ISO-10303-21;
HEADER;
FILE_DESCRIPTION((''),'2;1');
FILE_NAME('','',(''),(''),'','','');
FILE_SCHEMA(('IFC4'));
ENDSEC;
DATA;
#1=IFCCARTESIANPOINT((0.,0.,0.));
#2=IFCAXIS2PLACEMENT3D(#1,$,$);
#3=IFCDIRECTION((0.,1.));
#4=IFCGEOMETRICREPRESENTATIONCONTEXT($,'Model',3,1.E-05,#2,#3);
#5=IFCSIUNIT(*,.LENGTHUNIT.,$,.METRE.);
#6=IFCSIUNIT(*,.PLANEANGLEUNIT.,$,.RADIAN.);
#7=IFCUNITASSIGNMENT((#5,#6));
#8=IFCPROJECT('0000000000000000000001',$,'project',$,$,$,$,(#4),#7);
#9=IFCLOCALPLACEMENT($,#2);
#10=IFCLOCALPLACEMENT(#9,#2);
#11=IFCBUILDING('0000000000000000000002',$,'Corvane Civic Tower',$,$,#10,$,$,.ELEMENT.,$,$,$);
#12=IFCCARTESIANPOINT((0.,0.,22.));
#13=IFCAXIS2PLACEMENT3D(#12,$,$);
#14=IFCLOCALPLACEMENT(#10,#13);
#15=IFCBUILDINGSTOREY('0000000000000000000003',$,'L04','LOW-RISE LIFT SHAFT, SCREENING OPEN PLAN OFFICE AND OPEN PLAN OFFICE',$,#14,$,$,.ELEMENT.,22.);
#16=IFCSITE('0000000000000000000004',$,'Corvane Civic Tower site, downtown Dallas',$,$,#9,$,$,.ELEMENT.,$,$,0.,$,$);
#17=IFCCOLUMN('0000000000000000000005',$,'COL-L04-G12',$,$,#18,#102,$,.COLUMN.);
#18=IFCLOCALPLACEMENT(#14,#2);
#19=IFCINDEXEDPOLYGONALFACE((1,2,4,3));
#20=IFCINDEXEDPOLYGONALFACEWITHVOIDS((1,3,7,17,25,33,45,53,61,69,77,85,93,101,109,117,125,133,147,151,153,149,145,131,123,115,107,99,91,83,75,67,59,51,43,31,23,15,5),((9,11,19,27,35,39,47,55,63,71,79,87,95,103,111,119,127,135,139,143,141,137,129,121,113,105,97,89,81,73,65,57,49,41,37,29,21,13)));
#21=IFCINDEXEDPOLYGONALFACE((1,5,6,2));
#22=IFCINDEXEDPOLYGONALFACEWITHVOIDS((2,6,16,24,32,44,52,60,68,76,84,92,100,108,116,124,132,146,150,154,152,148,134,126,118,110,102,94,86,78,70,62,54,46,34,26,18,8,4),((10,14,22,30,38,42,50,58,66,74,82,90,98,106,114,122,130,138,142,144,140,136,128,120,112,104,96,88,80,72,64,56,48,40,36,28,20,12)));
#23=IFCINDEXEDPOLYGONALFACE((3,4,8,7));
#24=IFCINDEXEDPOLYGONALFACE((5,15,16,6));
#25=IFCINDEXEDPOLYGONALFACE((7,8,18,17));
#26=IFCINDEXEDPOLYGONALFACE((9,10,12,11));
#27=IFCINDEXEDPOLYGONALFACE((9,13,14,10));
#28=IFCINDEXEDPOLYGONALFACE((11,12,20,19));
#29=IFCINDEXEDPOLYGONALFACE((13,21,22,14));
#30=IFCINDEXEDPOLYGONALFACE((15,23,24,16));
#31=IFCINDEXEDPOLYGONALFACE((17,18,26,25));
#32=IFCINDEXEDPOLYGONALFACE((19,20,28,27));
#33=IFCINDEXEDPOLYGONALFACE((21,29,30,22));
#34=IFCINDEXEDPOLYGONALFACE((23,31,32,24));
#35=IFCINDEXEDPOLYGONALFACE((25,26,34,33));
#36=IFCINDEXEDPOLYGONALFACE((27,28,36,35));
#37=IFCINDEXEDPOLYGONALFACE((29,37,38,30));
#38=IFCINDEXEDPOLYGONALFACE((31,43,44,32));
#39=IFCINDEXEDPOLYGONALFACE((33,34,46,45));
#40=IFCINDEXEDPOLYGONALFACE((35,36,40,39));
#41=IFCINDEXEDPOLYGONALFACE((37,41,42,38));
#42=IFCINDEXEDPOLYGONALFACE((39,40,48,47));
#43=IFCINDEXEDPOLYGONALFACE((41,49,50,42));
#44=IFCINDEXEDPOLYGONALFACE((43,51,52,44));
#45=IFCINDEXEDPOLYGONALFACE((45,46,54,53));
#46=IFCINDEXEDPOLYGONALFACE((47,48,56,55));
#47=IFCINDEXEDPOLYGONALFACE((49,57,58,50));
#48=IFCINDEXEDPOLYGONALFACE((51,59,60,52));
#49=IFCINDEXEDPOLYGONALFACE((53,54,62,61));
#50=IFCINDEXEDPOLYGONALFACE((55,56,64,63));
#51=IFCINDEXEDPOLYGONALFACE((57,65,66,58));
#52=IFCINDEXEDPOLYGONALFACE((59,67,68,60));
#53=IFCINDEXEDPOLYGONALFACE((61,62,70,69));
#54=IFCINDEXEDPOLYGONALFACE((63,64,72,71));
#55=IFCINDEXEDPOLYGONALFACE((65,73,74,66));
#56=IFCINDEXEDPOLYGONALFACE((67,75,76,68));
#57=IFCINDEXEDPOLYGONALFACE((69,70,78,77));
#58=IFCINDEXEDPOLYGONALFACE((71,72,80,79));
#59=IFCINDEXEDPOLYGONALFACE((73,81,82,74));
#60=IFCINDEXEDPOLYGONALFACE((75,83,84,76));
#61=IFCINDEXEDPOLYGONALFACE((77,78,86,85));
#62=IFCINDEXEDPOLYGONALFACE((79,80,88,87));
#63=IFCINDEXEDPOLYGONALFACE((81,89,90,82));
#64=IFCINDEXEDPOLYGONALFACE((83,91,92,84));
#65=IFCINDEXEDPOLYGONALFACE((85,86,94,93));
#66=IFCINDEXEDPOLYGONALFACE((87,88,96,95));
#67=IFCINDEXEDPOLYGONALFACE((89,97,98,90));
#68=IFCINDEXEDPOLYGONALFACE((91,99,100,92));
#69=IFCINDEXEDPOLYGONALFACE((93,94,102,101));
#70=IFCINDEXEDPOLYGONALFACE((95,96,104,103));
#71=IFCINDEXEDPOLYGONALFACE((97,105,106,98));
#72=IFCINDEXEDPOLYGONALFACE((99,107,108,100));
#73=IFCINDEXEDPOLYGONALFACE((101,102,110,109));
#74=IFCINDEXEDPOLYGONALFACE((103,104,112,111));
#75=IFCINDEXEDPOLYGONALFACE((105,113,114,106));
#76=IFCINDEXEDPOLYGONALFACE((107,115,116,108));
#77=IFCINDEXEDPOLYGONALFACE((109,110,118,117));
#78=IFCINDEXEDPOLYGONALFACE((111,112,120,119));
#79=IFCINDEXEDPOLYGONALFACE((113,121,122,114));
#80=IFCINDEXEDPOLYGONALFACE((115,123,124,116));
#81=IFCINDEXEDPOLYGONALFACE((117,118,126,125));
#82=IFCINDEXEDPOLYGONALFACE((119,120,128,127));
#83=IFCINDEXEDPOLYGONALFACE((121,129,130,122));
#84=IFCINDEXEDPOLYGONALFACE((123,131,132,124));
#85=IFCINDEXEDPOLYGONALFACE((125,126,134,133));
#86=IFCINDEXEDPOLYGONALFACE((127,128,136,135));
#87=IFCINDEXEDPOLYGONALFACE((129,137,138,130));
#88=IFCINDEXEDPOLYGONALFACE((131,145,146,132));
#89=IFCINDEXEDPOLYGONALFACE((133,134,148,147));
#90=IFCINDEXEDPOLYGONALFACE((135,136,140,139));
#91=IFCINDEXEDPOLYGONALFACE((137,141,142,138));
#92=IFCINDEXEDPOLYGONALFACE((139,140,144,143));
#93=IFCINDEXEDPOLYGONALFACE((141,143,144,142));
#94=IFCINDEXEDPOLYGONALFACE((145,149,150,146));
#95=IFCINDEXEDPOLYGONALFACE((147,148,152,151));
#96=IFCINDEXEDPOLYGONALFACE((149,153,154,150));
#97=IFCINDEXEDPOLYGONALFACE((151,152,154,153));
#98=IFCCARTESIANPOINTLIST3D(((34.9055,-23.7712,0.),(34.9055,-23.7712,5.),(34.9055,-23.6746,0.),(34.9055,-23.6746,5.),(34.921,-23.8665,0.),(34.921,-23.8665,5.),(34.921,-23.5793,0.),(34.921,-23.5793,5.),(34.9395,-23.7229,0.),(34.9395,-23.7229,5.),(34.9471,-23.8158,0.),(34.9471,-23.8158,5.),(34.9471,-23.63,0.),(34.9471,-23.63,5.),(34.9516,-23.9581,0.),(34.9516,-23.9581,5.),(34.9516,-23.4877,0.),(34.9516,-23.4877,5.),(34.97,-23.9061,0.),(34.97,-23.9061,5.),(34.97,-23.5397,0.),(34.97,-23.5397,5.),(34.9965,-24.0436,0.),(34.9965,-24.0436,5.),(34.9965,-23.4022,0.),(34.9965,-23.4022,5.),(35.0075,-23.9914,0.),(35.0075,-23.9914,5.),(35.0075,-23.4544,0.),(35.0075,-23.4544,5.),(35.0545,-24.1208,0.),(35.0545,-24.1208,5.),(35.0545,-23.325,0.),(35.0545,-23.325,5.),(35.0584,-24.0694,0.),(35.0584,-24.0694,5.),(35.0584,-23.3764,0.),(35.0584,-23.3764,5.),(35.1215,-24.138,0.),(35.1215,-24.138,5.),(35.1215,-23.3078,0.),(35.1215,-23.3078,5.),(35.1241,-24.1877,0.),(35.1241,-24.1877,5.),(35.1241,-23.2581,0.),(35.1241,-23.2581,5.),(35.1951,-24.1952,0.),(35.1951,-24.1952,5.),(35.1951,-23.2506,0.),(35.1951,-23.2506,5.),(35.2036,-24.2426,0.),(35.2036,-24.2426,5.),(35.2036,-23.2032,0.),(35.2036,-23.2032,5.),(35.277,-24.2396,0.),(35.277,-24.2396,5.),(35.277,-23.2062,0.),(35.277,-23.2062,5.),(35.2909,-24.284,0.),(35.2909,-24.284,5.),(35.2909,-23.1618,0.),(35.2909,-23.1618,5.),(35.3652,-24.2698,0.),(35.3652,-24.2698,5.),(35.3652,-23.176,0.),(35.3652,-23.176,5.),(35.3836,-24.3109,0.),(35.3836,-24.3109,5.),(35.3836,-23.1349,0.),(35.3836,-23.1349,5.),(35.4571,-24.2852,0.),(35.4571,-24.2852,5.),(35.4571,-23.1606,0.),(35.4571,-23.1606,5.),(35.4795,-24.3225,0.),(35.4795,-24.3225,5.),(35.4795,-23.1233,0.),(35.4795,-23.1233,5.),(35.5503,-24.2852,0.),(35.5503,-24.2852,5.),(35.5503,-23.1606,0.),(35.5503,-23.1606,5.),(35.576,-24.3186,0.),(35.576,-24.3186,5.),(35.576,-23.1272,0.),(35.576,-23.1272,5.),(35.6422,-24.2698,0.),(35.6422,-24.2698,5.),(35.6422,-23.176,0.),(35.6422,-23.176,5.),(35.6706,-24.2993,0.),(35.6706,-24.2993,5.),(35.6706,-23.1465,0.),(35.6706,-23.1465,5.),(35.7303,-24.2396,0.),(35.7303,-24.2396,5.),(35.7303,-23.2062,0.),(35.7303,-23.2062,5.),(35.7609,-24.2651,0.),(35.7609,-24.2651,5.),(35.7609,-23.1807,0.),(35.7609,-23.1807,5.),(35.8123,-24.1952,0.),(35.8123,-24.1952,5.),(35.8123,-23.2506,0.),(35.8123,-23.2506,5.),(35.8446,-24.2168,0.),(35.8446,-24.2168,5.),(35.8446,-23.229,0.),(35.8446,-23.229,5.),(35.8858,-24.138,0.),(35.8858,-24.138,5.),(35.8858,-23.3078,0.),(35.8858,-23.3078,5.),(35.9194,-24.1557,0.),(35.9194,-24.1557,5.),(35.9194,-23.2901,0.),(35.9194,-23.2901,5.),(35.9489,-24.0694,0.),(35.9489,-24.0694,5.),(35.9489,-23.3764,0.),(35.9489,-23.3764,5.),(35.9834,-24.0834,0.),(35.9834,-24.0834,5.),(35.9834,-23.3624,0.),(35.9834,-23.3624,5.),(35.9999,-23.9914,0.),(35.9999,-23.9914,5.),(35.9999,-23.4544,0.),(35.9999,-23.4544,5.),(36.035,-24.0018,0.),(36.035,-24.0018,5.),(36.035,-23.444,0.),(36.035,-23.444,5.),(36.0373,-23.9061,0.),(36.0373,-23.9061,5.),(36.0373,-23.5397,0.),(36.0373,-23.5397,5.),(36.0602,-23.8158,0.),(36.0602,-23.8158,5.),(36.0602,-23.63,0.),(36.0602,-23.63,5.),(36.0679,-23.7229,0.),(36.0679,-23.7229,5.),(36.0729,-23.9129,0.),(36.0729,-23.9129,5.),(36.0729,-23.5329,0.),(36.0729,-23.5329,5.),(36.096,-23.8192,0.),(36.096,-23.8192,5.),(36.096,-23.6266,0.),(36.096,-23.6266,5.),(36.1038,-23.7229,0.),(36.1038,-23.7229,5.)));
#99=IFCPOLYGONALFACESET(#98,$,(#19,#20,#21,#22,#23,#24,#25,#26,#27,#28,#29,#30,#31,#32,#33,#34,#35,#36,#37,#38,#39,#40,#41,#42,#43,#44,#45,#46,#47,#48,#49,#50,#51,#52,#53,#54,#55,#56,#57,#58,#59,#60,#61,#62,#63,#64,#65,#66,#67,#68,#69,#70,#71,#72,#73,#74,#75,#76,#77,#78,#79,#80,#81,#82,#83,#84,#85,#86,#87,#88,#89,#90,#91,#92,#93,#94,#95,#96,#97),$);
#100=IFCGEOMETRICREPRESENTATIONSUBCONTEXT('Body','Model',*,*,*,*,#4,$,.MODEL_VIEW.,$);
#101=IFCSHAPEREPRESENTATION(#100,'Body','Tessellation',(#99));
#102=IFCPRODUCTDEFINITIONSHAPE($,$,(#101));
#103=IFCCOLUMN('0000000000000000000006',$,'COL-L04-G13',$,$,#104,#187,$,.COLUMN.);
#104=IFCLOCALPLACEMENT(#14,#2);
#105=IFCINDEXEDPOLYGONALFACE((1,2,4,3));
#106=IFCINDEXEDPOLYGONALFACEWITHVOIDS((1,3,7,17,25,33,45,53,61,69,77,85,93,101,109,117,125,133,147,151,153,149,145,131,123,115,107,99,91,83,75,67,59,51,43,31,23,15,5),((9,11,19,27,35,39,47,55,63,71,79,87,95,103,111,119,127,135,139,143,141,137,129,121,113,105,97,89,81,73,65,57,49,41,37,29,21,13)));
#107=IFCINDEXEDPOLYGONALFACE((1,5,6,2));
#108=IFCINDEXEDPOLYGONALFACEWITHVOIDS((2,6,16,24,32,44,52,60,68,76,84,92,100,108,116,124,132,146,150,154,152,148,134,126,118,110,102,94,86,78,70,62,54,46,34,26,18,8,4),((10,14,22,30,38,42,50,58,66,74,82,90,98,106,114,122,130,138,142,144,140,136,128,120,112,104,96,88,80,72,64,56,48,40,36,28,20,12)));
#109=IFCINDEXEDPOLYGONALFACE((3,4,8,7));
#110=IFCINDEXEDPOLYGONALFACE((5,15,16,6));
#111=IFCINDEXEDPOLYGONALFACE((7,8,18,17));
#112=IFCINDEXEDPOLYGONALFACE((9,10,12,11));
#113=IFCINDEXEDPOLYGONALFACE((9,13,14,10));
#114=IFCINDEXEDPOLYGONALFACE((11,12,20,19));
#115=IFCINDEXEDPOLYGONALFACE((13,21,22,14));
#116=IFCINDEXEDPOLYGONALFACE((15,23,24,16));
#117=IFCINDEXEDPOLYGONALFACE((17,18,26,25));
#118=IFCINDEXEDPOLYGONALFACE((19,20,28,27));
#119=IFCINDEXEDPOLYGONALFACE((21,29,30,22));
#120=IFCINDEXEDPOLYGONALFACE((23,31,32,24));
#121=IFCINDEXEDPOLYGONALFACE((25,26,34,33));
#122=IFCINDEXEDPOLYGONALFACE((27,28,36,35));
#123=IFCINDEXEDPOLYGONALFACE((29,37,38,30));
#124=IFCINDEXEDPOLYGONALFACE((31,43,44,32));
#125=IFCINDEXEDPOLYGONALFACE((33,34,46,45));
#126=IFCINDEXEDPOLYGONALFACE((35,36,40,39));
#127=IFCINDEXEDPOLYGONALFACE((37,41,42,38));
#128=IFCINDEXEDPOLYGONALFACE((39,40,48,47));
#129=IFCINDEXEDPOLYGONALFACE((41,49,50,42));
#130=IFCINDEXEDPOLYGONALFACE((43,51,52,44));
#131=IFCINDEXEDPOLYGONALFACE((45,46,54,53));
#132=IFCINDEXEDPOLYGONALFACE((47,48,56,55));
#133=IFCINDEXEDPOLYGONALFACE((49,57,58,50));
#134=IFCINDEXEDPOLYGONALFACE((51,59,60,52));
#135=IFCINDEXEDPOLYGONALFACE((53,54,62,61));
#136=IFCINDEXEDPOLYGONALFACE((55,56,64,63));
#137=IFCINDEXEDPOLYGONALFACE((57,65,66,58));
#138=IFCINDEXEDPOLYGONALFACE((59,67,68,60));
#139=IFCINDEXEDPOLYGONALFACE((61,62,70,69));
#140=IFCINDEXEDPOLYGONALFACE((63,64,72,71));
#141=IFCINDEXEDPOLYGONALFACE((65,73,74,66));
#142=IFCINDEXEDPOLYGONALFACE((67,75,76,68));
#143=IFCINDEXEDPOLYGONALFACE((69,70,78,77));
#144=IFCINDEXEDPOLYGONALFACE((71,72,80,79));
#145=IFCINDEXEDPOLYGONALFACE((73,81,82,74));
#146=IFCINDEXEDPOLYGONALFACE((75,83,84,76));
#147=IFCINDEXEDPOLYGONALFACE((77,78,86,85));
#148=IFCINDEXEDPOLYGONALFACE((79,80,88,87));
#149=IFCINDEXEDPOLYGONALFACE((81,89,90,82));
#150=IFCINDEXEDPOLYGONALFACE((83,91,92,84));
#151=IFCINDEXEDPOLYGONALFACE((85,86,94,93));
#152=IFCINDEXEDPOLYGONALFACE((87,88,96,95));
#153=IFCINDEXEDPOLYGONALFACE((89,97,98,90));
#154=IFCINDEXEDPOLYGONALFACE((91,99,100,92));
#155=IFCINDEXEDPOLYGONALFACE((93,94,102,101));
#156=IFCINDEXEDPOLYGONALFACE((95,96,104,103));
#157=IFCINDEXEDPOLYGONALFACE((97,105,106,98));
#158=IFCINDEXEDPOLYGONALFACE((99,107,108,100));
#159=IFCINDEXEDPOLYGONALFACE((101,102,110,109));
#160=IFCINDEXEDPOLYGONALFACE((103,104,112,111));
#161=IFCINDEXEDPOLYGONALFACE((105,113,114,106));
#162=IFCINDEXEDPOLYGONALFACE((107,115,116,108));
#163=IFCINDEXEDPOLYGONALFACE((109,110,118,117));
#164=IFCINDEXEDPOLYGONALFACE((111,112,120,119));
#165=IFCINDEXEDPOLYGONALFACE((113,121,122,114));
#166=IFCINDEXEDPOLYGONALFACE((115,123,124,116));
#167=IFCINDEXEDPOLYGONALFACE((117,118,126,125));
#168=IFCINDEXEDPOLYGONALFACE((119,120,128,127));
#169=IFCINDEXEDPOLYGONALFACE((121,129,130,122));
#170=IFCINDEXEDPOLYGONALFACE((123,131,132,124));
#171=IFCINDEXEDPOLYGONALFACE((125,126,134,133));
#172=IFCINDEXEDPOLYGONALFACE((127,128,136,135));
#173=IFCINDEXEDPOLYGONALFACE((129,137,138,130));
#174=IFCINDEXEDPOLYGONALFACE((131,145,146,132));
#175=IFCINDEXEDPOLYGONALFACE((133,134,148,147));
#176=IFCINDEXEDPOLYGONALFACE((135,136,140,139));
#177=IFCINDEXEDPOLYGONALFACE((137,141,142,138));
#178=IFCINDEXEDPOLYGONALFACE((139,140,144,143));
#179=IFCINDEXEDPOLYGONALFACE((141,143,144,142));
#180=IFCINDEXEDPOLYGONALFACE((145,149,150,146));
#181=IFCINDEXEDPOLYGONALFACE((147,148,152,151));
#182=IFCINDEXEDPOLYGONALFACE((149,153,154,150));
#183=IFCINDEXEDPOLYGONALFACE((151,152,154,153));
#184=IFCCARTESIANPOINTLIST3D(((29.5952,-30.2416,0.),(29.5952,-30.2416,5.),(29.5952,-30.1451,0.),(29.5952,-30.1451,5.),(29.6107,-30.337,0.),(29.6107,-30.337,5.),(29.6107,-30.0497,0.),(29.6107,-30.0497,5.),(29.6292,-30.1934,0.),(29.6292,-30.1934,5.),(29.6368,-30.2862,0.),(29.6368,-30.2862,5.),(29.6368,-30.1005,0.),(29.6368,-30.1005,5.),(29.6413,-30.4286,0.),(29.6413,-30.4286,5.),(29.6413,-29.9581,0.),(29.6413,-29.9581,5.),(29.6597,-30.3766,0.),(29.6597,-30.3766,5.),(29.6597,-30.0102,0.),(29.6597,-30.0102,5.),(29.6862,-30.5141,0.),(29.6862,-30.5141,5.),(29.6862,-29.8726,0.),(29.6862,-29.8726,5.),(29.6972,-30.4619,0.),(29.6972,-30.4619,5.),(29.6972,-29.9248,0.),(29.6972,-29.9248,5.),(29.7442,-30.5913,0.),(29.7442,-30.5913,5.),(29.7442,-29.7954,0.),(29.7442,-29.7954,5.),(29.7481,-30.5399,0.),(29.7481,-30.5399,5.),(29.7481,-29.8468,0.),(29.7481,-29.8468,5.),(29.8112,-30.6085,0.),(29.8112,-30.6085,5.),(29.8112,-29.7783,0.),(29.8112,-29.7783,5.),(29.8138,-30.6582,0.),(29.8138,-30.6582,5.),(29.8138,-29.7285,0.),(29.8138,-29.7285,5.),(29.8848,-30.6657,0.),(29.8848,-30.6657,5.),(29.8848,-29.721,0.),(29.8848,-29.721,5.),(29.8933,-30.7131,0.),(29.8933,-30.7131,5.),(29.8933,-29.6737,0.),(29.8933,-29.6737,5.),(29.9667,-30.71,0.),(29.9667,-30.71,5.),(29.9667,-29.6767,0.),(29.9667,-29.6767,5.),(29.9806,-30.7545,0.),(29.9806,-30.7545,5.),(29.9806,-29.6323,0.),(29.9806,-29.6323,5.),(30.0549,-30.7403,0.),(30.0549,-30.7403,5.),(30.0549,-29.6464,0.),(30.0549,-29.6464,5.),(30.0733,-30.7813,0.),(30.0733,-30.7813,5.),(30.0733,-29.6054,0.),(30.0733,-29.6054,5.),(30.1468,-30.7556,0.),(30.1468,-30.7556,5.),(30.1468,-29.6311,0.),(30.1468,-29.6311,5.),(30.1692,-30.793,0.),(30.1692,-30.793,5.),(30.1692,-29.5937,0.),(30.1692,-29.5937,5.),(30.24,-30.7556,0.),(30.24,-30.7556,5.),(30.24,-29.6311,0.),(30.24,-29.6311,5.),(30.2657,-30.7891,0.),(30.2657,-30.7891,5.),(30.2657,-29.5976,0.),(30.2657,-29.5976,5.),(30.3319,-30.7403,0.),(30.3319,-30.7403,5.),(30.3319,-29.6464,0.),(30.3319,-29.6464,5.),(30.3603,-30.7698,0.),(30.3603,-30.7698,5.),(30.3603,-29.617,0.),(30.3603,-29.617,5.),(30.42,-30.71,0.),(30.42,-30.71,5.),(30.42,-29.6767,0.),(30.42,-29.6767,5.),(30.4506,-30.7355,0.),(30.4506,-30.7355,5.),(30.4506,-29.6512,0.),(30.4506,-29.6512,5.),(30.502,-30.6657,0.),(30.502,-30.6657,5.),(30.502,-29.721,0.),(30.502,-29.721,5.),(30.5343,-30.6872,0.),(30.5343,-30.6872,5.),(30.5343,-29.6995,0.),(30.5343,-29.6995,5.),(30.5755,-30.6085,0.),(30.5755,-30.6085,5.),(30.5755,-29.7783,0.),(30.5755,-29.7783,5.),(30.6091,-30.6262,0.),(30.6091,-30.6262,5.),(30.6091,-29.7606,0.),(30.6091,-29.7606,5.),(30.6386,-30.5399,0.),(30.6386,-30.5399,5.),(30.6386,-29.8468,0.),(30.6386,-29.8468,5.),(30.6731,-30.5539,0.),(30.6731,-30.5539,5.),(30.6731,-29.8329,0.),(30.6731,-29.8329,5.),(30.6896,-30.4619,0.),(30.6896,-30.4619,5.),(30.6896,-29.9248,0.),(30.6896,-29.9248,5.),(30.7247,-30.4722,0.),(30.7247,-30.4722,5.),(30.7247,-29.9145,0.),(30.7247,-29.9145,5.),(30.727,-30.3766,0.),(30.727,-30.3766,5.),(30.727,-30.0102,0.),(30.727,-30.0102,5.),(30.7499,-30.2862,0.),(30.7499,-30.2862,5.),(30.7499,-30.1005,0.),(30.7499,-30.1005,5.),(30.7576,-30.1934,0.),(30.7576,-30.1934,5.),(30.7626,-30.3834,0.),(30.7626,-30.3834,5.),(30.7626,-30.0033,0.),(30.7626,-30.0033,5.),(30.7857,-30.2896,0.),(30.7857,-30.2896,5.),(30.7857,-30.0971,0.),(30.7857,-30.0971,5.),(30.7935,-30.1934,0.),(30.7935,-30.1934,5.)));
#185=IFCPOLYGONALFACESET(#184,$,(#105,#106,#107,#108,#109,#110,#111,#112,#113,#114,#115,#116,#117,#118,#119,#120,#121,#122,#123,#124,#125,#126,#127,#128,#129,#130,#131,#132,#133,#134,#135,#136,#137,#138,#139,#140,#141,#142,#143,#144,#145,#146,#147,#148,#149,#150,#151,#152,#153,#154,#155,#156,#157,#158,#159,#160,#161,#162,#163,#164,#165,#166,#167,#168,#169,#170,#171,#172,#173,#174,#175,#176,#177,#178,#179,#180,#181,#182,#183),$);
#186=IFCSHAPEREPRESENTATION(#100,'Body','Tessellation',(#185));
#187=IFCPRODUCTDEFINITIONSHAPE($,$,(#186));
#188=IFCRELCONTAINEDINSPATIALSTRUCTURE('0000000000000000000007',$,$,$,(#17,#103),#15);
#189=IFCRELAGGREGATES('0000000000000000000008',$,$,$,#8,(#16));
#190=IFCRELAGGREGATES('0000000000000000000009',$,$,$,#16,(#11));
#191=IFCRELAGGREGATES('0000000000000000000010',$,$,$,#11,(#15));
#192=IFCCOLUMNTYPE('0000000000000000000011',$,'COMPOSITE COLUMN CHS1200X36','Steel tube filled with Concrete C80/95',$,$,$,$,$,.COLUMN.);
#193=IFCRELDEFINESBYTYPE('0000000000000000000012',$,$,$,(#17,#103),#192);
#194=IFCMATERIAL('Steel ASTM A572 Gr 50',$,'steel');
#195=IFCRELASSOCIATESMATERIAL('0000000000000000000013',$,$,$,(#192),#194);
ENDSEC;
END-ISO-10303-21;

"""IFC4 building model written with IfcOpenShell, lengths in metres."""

from ifc_helpers import new_model, si_unit, direction, frame, origin, origin_2d, place, context, subcontext, project, spatial, hollow_circle, extrude, material, material_profile, profile_set, type_object, element, save


model = new_model("IFC4")

# Units and contexts
model_context = context("Model", 3, precision=1e-05, world=origin(), true_north=direction((0.0, 1.0)))
body_context = subcontext(model_context, "Body", "Model", "MODEL_VIEW")
ifc_project = project(units=[si_unit("LENGTHUNIT", "METRE"), si_unit("PLANEANGLEUNIT", "RADIAN")], contexts=[model_context])

# Site, building, storey
site_placement = place(None, origin())
site = spatial("IfcSite", under=ifc_project, at=site_placement, Name="Corvane Civic Tower site, downtown Dallas", CompositionType="ELEMENT", RefElevation=0.0)
building_placement = place(site_placement, origin())
building = spatial("IfcBuilding", under=site, at=building_placement, Name="Corvane Civic Tower", CompositionType="ELEMENT")
storey_placement = place(building_placement, frame((0.0, 0.0, 22.0)))
storey = spatial("IfcBuildingStorey", under=building, at=storey_placement, Name="L04", Description="LOW-RISE LIFT SHAFT, SCREENING OPEN PLAN OFFICE AND OPEN PLAN OFFICE", CompositionType="ELEMENT", Elevation=22.0)

# Columns
ifc_material_1 = material(Name="Steel ASTM A572 Gr 50", Category="steel")
ifc_material_profile_1 = material_profile(ifc_material_1, hollow_circle(Radius=0.6001, WallThickness=0.0359, at=origin_2d()), Name="CHS1200X36")
ifc_profile_set_1 = profile_set([ifc_material_profile_1], Name="Steel ASTM A572 Gr 50")
column_type_1 = type_object("IfcColumnType", Name="COMPOSITE COLUMN CHS1200X36", Description="Steel tube filled with Concrete C80/95", PredefinedType="COLUMN", material=ifc_profile_set_1)
for number, where, z_axis, x_axis, name in (
    (1, (35.5037, -23.7229, 0.0), (0.0, 0.0, 1.0), (1.0, 0.0, 0.0), "COL-L04-G12"),
    (2, (30.1934, -30.1934, 0.0), (0.0, 0.0, 1.0), (1.0, 0.0, 0.0), "COL-L04-G13"),
):
    element("IfcColumn", number, at=place(storey_placement, frame(where, z_axis=z_axis, x_axis=x_axis)), inside=storey, type_object=column_type_1, Name=name, PredefinedType="COLUMN", context=body_context, shape_type="SweptSolid", body=[
        extrude(hollow_circle(Radius=0.6001, WallThickness=0.0359, at=origin_2d()), origin(), (0.0, 0.0, 1.0), 5.0),
    ])

save(model, "model.ifc")
